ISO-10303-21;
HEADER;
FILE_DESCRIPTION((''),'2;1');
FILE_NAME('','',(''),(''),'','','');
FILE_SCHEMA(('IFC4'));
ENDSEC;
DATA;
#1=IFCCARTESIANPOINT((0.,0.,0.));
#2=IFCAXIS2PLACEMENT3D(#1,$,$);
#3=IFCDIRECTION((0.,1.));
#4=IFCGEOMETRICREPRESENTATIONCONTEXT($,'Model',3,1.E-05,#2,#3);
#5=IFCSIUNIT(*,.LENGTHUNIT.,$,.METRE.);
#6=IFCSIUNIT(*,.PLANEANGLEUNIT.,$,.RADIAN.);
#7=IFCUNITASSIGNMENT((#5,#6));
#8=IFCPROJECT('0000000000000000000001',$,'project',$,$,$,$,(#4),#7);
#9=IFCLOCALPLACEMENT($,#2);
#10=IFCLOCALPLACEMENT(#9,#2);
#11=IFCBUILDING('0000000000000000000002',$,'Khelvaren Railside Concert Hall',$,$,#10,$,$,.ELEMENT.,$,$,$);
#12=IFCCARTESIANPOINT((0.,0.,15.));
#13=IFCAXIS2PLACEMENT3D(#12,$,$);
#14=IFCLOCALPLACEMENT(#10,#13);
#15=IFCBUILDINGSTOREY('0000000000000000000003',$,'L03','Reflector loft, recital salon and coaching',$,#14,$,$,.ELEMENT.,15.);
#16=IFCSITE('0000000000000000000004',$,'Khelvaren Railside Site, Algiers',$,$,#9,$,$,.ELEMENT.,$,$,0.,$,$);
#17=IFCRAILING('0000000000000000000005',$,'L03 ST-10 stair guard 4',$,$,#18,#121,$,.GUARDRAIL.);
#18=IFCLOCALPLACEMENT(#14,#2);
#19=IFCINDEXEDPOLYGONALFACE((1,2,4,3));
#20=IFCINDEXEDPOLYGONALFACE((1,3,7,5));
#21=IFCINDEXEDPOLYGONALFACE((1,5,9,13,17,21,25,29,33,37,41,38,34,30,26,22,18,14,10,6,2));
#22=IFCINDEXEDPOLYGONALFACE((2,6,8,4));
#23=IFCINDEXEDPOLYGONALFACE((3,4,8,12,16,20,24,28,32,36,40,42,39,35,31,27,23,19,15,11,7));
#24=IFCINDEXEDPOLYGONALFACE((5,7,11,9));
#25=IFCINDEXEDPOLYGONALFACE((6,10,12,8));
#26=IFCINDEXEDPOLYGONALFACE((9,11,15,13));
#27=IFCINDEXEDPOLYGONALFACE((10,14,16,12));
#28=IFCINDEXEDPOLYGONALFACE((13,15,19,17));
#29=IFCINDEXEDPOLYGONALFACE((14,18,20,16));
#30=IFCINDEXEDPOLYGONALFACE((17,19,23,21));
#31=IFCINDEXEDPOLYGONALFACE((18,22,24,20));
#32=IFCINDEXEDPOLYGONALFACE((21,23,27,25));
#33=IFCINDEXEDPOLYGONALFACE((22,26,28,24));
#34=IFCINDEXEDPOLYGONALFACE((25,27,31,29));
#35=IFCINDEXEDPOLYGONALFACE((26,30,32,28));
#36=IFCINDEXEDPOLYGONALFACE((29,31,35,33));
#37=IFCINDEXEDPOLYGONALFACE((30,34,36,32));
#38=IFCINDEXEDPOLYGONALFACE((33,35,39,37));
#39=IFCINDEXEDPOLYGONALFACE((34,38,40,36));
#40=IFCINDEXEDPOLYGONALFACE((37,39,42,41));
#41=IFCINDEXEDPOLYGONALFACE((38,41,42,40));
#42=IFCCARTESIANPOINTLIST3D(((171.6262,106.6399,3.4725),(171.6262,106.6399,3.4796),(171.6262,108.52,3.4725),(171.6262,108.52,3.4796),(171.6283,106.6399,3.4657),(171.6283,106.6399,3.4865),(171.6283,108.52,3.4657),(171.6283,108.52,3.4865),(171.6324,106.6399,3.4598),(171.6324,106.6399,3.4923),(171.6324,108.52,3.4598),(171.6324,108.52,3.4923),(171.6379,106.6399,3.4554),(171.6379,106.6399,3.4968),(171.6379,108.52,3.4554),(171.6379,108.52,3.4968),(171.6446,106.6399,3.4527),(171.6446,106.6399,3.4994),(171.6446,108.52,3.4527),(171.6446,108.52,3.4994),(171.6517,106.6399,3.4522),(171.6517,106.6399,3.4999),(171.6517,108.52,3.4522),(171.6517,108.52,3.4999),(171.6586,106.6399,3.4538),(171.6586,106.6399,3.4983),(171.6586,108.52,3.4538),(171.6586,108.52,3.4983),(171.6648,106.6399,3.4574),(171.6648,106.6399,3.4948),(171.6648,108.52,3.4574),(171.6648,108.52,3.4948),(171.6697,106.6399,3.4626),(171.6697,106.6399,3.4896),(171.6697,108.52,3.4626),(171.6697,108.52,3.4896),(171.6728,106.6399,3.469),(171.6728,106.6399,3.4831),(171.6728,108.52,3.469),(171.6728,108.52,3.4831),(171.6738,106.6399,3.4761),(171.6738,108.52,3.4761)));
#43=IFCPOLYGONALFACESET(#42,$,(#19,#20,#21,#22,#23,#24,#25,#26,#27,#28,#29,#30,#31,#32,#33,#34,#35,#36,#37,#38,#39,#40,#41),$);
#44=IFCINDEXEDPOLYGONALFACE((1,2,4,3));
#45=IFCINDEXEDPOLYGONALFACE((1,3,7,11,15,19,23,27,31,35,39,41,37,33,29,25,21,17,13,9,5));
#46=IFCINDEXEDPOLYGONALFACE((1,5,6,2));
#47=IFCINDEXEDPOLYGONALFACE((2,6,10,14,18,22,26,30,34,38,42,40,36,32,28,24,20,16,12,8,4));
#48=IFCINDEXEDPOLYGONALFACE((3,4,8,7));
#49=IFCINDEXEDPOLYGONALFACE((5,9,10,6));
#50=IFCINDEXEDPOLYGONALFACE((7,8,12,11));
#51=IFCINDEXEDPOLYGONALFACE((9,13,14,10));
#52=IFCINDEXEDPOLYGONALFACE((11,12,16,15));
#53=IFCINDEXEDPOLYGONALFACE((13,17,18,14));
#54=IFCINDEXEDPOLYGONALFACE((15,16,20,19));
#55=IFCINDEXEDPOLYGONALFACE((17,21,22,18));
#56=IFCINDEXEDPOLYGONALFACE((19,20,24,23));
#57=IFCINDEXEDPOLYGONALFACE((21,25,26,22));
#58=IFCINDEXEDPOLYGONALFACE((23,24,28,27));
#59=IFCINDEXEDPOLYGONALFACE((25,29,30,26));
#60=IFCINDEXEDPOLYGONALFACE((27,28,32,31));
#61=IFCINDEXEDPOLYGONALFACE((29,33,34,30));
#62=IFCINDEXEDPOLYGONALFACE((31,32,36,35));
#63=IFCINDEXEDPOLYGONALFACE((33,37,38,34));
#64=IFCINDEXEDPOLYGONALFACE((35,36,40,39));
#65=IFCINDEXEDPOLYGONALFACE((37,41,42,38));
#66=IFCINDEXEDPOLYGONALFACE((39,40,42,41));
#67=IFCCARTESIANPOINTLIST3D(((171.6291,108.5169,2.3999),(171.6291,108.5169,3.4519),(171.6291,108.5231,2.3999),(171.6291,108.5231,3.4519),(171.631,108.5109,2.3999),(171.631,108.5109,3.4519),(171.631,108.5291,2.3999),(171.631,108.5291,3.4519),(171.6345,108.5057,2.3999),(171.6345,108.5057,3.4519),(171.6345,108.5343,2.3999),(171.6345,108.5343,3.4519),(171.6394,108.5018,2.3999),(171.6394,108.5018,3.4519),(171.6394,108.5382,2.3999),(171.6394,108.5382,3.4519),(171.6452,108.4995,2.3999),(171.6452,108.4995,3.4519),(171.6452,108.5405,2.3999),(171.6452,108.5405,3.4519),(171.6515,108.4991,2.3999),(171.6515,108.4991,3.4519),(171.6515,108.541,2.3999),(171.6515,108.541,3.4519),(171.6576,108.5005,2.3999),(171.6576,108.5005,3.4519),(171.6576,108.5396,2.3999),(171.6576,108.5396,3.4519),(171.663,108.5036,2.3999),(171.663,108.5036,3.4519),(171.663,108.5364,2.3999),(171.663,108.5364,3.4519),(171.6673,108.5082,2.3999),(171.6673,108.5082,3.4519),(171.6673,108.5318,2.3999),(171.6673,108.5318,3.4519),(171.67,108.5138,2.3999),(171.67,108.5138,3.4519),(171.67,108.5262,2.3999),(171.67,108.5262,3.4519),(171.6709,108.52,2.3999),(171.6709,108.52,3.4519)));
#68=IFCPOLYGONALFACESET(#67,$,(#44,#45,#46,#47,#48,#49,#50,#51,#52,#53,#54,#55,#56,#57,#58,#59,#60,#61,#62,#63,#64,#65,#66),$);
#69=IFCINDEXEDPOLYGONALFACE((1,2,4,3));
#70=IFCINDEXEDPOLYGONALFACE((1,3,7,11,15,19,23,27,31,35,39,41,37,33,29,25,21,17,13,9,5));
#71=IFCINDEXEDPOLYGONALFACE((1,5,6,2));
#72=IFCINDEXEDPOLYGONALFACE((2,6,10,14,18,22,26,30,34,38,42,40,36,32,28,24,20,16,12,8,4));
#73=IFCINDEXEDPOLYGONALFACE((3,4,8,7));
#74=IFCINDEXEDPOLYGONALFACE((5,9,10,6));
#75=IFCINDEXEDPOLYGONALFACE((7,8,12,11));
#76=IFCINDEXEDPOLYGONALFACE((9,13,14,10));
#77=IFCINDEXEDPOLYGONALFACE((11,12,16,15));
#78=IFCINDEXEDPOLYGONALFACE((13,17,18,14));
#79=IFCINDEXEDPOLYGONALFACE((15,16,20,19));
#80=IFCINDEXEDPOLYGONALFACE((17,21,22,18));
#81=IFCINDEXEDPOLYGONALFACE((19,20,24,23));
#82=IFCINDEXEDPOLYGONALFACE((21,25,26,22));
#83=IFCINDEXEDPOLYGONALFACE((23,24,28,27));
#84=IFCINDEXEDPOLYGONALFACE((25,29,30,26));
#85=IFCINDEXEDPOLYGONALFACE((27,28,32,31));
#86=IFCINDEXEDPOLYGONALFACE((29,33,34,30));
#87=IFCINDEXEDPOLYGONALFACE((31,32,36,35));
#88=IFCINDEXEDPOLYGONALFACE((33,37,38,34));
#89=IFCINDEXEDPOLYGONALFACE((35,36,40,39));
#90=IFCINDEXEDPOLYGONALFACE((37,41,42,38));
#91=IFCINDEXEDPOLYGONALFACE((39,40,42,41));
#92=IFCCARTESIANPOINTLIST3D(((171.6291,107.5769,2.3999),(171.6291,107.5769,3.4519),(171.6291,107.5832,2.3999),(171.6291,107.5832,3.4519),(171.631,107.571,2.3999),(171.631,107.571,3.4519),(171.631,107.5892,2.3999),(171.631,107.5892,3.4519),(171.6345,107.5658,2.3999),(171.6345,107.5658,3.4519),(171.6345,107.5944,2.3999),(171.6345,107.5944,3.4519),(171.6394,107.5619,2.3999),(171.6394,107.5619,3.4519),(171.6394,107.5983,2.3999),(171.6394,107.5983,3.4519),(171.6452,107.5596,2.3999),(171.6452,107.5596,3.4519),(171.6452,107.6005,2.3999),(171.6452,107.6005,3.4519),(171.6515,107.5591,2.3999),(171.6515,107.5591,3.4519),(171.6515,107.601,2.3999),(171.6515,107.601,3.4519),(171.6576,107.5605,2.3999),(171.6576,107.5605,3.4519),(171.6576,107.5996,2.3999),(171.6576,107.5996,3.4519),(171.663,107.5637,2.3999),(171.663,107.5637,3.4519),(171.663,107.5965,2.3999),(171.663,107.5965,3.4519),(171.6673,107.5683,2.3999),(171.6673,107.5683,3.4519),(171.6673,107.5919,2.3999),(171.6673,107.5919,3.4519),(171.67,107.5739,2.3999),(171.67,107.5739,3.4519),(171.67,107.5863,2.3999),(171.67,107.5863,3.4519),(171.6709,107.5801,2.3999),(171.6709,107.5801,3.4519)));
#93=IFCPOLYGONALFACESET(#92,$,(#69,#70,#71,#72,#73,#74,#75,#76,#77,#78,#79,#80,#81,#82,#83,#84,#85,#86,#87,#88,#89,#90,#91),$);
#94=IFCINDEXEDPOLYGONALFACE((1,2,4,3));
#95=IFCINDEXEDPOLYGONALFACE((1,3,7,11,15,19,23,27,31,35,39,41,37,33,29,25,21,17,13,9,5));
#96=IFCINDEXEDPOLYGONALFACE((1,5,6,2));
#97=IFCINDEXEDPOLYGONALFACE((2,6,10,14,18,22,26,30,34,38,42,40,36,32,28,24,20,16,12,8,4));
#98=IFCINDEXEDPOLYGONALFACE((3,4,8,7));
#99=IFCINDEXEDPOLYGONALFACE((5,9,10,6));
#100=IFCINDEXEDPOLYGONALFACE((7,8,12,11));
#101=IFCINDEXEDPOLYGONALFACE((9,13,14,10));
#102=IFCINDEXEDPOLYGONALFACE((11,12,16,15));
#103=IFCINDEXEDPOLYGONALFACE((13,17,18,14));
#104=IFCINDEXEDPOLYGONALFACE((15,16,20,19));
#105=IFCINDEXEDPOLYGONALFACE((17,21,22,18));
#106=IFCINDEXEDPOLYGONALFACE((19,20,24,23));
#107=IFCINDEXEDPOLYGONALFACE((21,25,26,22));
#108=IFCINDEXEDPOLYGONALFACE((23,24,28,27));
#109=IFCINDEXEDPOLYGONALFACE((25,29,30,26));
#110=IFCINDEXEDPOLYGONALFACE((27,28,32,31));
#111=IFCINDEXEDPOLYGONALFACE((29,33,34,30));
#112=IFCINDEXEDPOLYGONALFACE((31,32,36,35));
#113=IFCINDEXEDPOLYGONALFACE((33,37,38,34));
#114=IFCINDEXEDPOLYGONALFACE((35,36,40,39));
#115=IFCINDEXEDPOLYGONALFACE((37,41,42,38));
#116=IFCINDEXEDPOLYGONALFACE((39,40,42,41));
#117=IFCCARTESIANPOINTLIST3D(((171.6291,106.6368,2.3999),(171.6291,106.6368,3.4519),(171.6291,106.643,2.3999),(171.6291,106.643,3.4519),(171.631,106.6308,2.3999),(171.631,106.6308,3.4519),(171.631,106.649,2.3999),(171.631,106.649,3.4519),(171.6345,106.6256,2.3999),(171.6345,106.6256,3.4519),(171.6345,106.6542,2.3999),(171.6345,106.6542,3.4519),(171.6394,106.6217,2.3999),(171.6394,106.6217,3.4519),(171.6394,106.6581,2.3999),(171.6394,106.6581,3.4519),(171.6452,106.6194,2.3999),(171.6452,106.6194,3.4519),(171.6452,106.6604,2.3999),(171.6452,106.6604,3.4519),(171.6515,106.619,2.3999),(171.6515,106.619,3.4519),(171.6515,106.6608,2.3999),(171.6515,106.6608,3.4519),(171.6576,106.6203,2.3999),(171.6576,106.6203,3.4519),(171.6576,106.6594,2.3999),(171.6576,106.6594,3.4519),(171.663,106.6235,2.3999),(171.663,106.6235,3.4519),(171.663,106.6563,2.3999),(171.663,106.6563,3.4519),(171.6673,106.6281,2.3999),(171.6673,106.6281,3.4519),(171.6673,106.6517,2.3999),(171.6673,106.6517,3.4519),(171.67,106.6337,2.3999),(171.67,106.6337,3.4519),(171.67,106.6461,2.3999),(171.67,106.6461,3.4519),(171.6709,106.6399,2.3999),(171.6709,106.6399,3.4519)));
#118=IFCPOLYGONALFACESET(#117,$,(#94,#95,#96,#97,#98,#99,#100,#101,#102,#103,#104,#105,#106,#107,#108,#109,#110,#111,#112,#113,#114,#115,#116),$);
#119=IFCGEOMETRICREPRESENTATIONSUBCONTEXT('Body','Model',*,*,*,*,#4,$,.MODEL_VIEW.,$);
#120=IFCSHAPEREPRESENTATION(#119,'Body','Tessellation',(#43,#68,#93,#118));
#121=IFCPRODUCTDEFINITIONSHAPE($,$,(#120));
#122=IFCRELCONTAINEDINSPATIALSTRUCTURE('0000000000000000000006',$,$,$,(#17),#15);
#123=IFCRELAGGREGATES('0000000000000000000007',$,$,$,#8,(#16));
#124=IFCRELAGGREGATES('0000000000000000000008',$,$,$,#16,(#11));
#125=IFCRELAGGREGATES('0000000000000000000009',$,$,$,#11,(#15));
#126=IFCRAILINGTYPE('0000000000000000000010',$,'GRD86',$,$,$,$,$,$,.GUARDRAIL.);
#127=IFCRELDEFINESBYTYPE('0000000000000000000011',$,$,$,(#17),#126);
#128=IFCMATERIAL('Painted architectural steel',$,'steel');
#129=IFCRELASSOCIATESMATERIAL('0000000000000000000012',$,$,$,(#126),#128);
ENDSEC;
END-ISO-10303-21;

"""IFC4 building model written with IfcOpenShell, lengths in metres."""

from ifc_helpers import new_model, si_unit, direction, frame, origin, origin_2d, place, context, subcontext, project, spatial, circle, extrude, material, type_object, element, save


model = new_model("IFC4")

# Units and contexts
model_context = context("Model", 3, precision=1e-05, world=origin(), true_north=direction((0.0, 1.0)))
body_context = subcontext(model_context, "Body", "Model", "MODEL_VIEW")
ifc_project = project(units=[si_unit("LENGTHUNIT", "METRE"), si_unit("PLANEANGLEUNIT", "RADIAN")], contexts=[model_context])

# Site, building, storey
site_placement = place(None, origin())
site = spatial("IfcSite", under=ifc_project, at=site_placement, Name="Khelvaren Railside Site, Algiers", CompositionType="ELEMENT", RefElevation=0.0)
building_placement = place(site_placement, origin())
building = spatial("IfcBuilding", under=site, at=building_placement, Name="Khelvaren Railside Concert Hall", CompositionType="ELEMENT")
storey_placement = place(building_placement, frame((0.0, 0.0, 15.0)))
storey = spatial("IfcBuildingStorey", under=building, at=storey_placement, Name="L03", Description="Reflector loft, recital salon and coaching", CompositionType="ELEMENT", Elevation=15.0)

# Railing
ifc_material_1 = material(Name="Painted architectural steel", Category="steel")
railing_type_1 = type_object("IfcRailingType", Name="GRD86", PredefinedType="GUARDRAIL", material=ifc_material_1)
for number, where, name in (
    (1, (171.6499, 108.52, 2.3999), "L03 ST-10 stair guard 4"),
):
    element("IfcRailing", number, at=place(storey_placement, frame(where)), inside=storey, type_object=railing_type_1, Name=name, PredefinedType="GUARDRAIL", context=body_context, shape_type="SweptSolid", body=[
        extrude(circle(Radius=0.0239, at=origin_2d()), frame((0.0, 0.0, 1.0762), z_axis=(0.0, -1.0, 0.0), x_axis=(1.0, 0.0, 0.0)), (0.0, 0.0, 1.0), 1.8801),
        extrude(circle(Radius=0.021, at=origin_2d()), origin(), (0.0, 0.0, 1.0), 1.052),
        extrude(circle(Radius=0.021, at=origin_2d()), frame((0.0, -0.9399, 0.0)), (0.0, 0.0, 1.0), 1.052),
        extrude(circle(Radius=0.021, at=origin_2d()), frame((0.0, -1.8801, 0.0)), (0.0, 0.0, 1.0), 1.052),
    ])

save(model, "model.ifc")
